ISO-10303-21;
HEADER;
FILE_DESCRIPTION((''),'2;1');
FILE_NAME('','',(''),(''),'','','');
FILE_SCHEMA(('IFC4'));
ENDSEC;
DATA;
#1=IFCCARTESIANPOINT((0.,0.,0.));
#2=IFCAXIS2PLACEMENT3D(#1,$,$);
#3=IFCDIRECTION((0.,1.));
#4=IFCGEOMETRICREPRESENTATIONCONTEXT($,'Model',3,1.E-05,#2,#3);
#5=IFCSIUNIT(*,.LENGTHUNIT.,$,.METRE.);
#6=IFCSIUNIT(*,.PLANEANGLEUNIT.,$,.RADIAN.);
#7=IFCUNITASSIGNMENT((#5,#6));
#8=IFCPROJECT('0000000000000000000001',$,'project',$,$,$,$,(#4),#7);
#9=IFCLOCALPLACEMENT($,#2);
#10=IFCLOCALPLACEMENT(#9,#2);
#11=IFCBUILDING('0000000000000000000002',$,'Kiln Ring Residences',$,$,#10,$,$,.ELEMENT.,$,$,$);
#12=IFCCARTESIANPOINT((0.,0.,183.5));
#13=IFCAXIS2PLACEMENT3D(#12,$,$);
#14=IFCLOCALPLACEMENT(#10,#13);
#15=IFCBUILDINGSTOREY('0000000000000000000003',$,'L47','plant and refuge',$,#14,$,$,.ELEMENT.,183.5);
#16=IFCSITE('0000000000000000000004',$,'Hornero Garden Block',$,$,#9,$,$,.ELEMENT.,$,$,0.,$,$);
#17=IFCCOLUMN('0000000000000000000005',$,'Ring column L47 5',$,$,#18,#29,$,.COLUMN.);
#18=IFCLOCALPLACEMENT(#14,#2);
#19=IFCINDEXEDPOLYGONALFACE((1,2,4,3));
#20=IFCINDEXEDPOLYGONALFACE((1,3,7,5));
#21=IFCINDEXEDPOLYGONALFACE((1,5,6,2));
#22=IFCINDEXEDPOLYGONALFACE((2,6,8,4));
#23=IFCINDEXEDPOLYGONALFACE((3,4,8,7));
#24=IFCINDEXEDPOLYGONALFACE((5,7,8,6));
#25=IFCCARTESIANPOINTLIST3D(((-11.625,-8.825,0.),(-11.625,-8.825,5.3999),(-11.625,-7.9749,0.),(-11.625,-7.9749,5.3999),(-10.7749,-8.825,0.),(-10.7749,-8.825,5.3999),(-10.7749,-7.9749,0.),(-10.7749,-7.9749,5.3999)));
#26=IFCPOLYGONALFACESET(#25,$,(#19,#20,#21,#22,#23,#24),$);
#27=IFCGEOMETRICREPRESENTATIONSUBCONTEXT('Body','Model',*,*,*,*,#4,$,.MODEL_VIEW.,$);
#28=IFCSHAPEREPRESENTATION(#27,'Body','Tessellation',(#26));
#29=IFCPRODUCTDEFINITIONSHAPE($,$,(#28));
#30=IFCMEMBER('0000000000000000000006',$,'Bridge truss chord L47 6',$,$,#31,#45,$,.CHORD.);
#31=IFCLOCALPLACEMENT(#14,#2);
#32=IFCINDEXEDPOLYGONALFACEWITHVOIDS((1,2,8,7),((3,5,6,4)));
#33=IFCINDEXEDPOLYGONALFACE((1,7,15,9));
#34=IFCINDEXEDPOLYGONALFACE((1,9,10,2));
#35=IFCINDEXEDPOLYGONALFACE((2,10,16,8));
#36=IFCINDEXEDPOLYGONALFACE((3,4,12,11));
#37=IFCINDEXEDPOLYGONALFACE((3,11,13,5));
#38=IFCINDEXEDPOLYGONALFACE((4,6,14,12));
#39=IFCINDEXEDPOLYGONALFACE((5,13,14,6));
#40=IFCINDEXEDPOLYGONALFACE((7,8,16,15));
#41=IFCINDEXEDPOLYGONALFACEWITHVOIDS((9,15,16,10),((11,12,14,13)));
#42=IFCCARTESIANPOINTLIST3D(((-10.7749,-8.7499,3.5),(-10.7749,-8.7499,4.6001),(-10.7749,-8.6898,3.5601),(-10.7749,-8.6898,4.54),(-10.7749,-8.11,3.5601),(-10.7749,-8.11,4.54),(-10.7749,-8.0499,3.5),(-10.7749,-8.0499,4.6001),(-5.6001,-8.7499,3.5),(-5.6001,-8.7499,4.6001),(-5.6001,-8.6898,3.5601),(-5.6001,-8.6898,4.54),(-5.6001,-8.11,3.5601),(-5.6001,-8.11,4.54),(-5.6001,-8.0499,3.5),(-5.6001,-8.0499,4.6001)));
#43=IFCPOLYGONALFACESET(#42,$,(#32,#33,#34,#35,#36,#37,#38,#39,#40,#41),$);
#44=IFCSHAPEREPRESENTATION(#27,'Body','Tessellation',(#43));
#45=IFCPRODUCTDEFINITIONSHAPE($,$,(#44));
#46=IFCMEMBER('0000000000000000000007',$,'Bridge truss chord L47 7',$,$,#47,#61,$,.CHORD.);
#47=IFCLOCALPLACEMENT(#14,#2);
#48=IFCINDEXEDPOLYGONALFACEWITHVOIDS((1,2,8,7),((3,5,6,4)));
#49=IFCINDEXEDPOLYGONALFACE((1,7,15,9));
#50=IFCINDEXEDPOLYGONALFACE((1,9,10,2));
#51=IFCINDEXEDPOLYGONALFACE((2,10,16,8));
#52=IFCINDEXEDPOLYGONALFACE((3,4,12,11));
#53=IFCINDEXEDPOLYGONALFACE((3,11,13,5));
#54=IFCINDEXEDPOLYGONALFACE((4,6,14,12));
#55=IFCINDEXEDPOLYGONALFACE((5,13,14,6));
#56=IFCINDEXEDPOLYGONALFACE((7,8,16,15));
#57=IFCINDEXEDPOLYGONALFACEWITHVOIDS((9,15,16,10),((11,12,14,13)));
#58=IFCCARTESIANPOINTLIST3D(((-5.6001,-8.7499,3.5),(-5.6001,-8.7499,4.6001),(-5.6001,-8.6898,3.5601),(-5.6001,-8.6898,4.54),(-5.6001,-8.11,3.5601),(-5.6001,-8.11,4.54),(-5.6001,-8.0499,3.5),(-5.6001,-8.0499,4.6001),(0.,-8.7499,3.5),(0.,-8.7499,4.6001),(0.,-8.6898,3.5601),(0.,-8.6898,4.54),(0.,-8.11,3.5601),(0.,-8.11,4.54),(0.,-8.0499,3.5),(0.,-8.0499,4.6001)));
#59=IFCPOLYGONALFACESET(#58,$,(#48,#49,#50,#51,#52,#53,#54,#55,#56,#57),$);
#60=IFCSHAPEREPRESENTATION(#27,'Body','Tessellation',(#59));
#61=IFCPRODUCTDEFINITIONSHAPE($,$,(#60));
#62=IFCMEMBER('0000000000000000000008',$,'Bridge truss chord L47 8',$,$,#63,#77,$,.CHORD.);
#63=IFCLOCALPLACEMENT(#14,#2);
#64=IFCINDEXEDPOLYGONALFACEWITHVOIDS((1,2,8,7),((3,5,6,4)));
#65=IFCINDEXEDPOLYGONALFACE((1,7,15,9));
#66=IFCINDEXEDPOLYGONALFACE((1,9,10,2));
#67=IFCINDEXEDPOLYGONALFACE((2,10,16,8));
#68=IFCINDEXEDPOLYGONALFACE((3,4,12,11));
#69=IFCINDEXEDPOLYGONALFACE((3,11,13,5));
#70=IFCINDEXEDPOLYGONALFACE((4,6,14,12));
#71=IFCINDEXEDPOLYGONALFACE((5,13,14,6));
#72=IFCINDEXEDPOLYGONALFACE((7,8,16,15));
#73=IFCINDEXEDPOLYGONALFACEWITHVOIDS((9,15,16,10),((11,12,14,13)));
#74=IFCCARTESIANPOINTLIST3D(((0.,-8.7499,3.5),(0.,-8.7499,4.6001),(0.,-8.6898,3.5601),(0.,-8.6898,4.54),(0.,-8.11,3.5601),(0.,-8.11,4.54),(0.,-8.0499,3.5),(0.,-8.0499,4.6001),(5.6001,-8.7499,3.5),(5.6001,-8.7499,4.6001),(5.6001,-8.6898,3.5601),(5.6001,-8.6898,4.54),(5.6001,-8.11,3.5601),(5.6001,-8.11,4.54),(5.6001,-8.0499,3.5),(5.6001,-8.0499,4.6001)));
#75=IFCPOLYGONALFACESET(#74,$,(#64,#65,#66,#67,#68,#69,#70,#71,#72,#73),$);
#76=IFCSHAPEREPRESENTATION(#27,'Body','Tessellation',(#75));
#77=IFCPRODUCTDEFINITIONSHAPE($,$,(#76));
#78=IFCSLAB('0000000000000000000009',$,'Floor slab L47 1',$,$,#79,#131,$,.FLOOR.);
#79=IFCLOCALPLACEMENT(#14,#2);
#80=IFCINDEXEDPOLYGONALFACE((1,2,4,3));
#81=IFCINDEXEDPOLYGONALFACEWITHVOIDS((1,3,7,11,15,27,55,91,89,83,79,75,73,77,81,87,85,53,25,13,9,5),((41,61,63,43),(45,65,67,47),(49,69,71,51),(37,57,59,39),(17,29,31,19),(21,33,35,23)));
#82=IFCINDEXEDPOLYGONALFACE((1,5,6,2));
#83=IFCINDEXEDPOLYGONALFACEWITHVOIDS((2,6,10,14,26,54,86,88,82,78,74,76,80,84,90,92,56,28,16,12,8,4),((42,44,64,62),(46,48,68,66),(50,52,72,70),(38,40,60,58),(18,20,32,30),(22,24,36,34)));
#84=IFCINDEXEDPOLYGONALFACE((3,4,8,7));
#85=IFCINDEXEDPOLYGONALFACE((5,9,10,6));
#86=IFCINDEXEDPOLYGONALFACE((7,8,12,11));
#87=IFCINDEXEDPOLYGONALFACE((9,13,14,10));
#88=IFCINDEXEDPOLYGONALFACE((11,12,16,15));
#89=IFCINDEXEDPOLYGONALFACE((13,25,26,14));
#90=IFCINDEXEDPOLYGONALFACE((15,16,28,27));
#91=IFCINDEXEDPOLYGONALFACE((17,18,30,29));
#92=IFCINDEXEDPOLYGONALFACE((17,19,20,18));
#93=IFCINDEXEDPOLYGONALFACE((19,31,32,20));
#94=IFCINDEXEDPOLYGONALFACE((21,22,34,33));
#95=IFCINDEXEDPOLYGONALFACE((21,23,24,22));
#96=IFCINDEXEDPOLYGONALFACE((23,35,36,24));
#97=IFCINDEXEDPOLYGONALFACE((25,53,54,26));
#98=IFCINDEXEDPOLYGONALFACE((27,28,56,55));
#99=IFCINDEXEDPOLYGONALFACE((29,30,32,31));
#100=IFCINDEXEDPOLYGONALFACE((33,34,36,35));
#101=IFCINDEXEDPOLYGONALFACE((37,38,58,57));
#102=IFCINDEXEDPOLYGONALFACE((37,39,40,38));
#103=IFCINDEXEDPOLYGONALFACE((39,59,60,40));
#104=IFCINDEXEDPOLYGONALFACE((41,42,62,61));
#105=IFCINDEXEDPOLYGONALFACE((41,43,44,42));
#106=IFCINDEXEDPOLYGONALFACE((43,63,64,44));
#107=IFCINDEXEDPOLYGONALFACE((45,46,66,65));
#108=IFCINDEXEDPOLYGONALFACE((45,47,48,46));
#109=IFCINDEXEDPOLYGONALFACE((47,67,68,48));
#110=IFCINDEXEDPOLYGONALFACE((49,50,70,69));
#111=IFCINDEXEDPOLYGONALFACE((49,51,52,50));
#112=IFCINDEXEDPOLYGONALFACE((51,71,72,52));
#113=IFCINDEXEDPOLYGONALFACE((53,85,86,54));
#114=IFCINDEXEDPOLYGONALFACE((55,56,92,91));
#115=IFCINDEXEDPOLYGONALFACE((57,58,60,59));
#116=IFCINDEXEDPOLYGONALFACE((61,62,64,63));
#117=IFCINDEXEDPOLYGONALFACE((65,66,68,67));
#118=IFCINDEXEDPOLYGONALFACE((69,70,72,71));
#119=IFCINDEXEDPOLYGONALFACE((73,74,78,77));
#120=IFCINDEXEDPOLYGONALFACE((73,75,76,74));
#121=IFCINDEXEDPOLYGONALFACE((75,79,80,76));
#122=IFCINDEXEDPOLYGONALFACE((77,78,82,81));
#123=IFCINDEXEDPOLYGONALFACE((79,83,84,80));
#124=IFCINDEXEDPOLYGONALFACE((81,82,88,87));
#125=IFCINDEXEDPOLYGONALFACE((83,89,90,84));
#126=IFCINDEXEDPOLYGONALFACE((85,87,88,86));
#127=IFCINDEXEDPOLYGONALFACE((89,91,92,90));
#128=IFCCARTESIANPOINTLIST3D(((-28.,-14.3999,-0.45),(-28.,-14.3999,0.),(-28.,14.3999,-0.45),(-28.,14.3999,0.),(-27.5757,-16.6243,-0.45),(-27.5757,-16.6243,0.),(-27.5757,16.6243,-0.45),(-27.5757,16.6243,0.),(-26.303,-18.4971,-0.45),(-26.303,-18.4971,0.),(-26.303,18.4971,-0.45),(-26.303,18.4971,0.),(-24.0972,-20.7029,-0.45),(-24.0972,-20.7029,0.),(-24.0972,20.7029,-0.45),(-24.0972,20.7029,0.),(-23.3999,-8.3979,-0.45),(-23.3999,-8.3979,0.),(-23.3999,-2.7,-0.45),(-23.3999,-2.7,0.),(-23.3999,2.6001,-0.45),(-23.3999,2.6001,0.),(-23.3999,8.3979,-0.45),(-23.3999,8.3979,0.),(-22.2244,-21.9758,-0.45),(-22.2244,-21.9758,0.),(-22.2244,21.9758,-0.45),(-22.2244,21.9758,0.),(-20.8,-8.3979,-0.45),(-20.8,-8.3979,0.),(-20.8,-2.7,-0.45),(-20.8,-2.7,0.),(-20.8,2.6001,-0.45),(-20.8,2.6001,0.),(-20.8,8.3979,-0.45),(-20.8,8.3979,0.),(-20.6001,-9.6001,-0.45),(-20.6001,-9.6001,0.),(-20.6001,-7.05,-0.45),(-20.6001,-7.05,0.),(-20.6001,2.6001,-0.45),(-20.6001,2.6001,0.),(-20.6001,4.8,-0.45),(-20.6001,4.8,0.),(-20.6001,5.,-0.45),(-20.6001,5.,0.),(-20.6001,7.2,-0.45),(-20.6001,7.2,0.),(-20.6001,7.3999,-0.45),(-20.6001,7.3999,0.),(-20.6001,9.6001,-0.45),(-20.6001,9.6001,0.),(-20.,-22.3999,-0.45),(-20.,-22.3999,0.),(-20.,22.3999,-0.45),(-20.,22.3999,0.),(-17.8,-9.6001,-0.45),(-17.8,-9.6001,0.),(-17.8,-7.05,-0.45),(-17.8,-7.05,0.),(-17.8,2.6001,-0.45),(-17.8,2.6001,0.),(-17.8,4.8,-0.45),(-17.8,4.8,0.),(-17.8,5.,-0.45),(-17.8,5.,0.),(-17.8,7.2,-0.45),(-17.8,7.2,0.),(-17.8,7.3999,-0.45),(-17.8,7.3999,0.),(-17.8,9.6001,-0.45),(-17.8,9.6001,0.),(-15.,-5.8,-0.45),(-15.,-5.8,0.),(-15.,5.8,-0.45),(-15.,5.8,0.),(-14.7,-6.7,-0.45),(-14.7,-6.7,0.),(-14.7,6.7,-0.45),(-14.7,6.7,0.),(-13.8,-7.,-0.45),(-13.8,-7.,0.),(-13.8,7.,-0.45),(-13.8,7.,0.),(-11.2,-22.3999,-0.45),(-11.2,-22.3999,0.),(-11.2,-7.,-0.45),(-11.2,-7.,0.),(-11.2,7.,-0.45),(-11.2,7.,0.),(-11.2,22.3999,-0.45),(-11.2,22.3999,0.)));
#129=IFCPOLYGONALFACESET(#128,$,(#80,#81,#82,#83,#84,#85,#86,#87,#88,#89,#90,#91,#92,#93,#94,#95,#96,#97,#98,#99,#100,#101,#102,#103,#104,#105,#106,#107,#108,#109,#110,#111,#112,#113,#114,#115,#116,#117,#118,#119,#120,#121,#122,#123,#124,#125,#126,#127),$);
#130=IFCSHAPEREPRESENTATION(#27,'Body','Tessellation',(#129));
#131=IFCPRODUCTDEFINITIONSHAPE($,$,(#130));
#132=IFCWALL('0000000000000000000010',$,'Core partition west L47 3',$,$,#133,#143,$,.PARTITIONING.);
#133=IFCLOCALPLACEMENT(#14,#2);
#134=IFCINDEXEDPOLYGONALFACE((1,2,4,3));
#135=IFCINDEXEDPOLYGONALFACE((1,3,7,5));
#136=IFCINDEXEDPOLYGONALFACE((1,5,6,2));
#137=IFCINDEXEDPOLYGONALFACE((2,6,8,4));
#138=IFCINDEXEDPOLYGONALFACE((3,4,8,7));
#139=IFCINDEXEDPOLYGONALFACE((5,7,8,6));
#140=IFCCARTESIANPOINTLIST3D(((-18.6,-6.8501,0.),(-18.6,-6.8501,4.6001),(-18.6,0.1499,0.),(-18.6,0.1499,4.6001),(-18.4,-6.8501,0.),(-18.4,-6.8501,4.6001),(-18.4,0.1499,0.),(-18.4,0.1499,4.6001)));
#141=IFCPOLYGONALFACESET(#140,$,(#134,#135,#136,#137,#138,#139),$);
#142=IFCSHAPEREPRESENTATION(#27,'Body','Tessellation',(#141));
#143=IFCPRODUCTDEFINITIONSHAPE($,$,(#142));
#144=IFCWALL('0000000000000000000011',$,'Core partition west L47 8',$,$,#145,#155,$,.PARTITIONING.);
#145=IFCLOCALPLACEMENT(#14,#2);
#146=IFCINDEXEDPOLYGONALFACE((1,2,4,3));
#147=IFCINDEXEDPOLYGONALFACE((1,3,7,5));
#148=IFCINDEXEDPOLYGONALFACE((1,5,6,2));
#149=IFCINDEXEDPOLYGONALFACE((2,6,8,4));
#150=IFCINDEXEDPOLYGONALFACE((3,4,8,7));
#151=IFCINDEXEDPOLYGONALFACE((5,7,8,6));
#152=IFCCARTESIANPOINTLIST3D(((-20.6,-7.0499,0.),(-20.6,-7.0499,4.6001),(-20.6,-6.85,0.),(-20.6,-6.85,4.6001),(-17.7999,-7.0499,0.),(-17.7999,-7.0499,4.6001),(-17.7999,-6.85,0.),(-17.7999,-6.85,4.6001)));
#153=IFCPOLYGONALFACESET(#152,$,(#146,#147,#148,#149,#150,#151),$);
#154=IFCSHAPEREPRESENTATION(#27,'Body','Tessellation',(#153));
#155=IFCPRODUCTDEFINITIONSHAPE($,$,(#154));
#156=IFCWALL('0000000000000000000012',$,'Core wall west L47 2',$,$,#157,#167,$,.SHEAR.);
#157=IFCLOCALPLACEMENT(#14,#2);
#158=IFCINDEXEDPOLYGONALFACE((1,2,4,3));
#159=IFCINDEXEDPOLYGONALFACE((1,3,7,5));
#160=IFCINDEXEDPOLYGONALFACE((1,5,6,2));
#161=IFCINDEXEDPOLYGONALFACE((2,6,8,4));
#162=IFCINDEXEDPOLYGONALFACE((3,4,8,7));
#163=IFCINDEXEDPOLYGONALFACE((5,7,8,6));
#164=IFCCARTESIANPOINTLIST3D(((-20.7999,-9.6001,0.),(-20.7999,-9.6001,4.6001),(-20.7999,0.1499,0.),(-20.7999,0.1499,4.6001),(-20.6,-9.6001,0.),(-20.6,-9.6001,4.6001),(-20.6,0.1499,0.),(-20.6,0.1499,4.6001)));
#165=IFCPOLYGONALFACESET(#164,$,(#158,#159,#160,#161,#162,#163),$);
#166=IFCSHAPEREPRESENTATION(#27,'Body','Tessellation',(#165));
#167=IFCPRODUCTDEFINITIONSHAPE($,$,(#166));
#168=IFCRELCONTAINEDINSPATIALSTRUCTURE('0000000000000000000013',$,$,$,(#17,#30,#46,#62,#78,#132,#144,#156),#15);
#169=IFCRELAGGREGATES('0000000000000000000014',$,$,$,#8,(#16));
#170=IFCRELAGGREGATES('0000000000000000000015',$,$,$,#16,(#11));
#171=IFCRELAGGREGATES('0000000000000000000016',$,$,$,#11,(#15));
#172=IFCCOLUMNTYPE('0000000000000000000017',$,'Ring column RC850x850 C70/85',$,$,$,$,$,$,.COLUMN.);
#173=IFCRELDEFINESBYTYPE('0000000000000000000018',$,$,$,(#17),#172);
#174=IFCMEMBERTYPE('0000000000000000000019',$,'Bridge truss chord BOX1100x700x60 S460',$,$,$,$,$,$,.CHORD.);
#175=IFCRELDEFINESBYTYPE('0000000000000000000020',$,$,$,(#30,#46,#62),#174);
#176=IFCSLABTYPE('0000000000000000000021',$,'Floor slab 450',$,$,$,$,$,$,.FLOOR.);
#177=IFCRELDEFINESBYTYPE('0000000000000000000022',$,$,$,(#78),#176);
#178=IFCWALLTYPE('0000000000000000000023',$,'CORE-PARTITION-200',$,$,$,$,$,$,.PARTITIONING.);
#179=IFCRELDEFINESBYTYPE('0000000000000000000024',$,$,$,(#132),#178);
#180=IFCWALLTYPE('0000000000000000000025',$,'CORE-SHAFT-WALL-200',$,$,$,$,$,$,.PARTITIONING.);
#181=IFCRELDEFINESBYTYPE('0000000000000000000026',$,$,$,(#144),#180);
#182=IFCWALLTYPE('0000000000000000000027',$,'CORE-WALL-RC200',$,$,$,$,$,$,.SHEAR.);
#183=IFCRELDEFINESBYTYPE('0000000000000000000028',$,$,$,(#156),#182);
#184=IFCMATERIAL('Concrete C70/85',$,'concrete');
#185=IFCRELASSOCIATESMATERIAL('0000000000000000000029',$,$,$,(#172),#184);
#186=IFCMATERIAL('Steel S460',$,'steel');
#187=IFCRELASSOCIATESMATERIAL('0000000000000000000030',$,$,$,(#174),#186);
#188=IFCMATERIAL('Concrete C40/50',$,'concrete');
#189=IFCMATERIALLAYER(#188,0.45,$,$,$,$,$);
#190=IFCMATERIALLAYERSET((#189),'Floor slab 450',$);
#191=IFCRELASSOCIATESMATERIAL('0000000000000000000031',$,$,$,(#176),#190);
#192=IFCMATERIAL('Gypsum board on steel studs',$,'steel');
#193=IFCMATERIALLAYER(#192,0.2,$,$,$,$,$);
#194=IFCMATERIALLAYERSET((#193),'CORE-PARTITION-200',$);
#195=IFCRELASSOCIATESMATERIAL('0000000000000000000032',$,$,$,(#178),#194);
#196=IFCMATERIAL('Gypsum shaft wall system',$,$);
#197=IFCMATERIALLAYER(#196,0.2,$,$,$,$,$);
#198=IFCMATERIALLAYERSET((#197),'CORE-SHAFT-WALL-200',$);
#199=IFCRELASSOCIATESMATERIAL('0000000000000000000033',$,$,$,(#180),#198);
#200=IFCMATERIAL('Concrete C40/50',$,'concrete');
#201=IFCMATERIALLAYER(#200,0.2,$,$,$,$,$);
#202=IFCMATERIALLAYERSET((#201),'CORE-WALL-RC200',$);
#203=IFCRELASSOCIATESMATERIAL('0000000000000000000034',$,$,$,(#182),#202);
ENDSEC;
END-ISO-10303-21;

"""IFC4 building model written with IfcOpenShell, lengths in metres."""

from ifc_helpers import new_model, si_unit, direction, frame, frame_2d, origin, origin_2d, place, context, subcontext, project, spatial, polyline, rectangle, hollow_rectangle, outline, extrude, material, layer, layer_set, material_profile, profile_set, type_object, element, save


model = new_model("IFC4")

# Units and contexts
model_context = context("Model", 3, precision=1e-05, world=origin(), true_north=direction((0.0, 1.0)))
body_context = subcontext(model_context, "Body", "Model", "MODEL_VIEW")
ifc_project = project(units=[si_unit("LENGTHUNIT", "METRE"), si_unit("PLANEANGLEUNIT", "RADIAN")], contexts=[model_context])

# Site, building, storey
site_placement = place(None, origin())
site = spatial("IfcSite", under=ifc_project, at=site_placement, Name="Hornero Garden Block", CompositionType="ELEMENT", RefElevation=0.0)
building_placement = place(site_placement, origin())
building = spatial("IfcBuilding", under=site, at=building_placement, Name="Kiln Ring Residences", CompositionType="ELEMENT")
storey_placement = place(building_placement, frame((0.0, 0.0, 183.5)))
storey = spatial("IfcBuildingStorey", under=building, at=storey_placement, Name="L47", Description="plant and refuge", CompositionType="ELEMENT", Elevation=183.5)

# Column
ifc_material_1 = material(Name="Concrete C70/85", Category="concrete")
ifc_material_profile_1 = material_profile(ifc_material_1, rectangle(XDim=0.8501, YDim=0.8501, at=origin_2d()), Name="RC850x850")
ifc_profile_set_1 = profile_set([ifc_material_profile_1], Name="Concrete C70/85")
column_type = type_object("IfcColumnType", Name="Ring column RC850x850 C70/85", PredefinedType="COLUMN", material=ifc_profile_set_1)
column_placement = place(storey_placement, frame((-11.2, -8.3999, 0.0), z_axis=(0.0, 0.0, 1.0), x_axis=(1.0, 0.0, 0.0)))
element("IfcColumn", 1, at=column_placement, inside=storey, type_object=column_type, Name="Ring column L47 5", PredefinedType="COLUMN", context=body_context, shape_type="SweptSolid", body=[
    extrude(rectangle(XDim=0.8501, YDim=0.8501, at=origin_2d()), origin(), (0.0, 0.0, 1.0), 5.3999),
])

# Members
ifc_material_2 = material(Name="Steel S460", Category="steel")
ifc_material_profile_2 = material_profile(ifc_material_2, hollow_rectangle(XDim=0.7, YDim=1.1001, WallThickness=0.0601, at=origin_2d()), Name="BOX1100x700x60")
ifc_profile_set_2 = profile_set([ifc_material_profile_2], Name="Steel S460")
member_type = type_object("IfcMemberType", Name="Bridge truss chord BOX1100x700x60 S460", PredefinedType="CHORD", material=ifc_profile_set_2)
member_placement = place(storey_placement, frame((-10.7749, -8.3999, 4.05), z_axis=(1.0, 0.0, 0.0), x_axis=(0.0, 1.0, 0.0)))
element("IfcMember", 2, at=member_placement, inside=storey, type_object=member_type, Name="Bridge truss chord L47 6", PredefinedType="CHORD", context=body_context, shape_type="SweptSolid", body=[
    extrude(hollow_rectangle(XDim=0.7, YDim=1.1001, WallThickness=0.0601, at=origin_2d()), origin(), (0.0, 0.0, 1.0), 5.1748),
])
for number, where, z_axis, x_axis, name in (
    (3, (-5.6001, -8.3999, 4.05), (1.0, 0.0, 0.0), (0.0, 1.0, 0.0), "Bridge truss chord L47 7"),
    (4, (0.0, -8.3999, 4.05), (1.0, 0.0, 0.0), (0.0, 1.0, 0.0), "Bridge truss chord L47 8"),
):
    element("IfcMember", number, at=place(storey_placement, frame(where, z_axis=z_axis, x_axis=x_axis)), inside=storey, type_object=member_type, Name=name, PredefinedType="CHORD", context=body_context, shape_type="SweptSolid", body=[
        extrude(hollow_rectangle(XDim=0.7, YDim=1.1001, WallThickness=0.0601, at=origin_2d()), origin(), (0.0, 0.0, 1.0), 5.6001),
    ])

# Slab
ifc_material_3 = material(Name="Concrete C40/50", Category="concrete")
ifc_layer_1 = layer(ifc_material_3, 0.45)
ifc_layer_set_1 = layer_set([ifc_layer_1], Name="Floor slab 450")
slab_type = type_object("IfcSlabType", Name="Floor slab 450", PredefinedType="FLOOR", material=ifc_layer_set_1)
slab_placement = place(storey_placement, frame((0.0, 0.0, -0.45)))
element("IfcSlab", 5, at=slab_placement, inside=storey, type_object=slab_type, Name="Floor slab L47 1", PredefinedType="FLOOR", context=body_context, shape_type="SweptSolid", body=[
    extrude(outline(polyline([(-28.0, -14.3999), (-27.5757, -16.6243), (-26.303, -18.4971), (-24.0972, -20.7029), (-22.2244, -21.9758), (-20.0, -22.3999), (-11.2, -22.3999), (-11.2, -7.0), (-13.8, -7.0), (-14.7, -6.7), (-15.0, -5.8), (-15.0, 5.8), (-14.7, 6.7), (-13.8, 7.0), (-11.2, 7.0), (-11.2, 22.3999), (-20.0, 22.3999), (-22.2244, 21.9758), (-24.0972, 20.7029), (-26.303, 18.4971), (-27.5757, 16.6243), (-28.0, 14.3999), (-28.0, -14.3999)]), holes=[polyline([(-17.8, -7.05), (-17.8, -9.6001), (-20.6001, -9.6001), (-20.6001, -7.05), (-17.8, -7.05)]), polyline([(-17.8, 2.6001), (-20.6001, 2.6001), (-20.6001, 4.8), (-17.8, 4.8), (-17.8, 2.6001)]), polyline([(-17.8, 5.0), (-20.6001, 5.0), (-20.6001, 7.2), (-17.8, 7.2), (-17.8, 5.0)]), polyline([(-17.8, 7.3999), (-20.6001, 7.3999), (-20.6001, 9.6001), (-17.8, 9.6001), (-17.8, 7.3999)]), polyline([(-20.8, -8.3979), (-23.3999, -8.3979), (-23.3999, -2.7), (-20.8, -2.7), (-20.8, -8.3979)]), polyline([(-20.8, 8.3979), (-20.8, 2.6001), (-23.3999, 2.6001), (-23.3999, 8.3979), (-20.8, 8.3979)])]), origin(), (0.0, 0.0, 1.0), 0.45),
])

# Walls
ifc_material_4 = material(Name="Gypsum board on steel studs", Category="steel")
ifc_layer_2 = layer(ifc_material_4, 0.2)
ifc_layer_set_2 = layer_set([ifc_layer_2], Name="CORE-PARTITION-200")
wall_type_1 = type_object("IfcWallType", Name="CORE-PARTITION-200", PredefinedType="PARTITIONING", material=ifc_layer_set_2)
wall_1_placement = place(storey_placement, frame((-18.5, -6.8501, 0.0), z_axis=(0.0, 0.0, 1.0), x_axis=(0.0, 1.0, 0.0)))
element("IfcWall", 6, at=wall_1_placement, inside=storey, type_object=wall_type_1, Name="Core partition west L47 3", PredefinedType="PARTITIONING", context=body_context, shape_type="SweptSolid", body=[
    extrude(rectangle(XDim=7.0, YDim=0.2, at=frame_2d((3.5, 0.0))), origin(), (0.0, 0.0, 1.0), 4.6001),
])
ifc_material_5 = material(Name="Gypsum shaft wall system")
ifc_layer_3 = layer(ifc_material_5, 0.2)
ifc_layer_set_3 = layer_set([ifc_layer_3], Name="CORE-SHAFT-WALL-200")
wall_type_2 = type_object("IfcWallType", Name="CORE-SHAFT-WALL-200", PredefinedType="PARTITIONING", material=ifc_layer_set_3)
wall_2_placement = place(storey_placement, frame((-17.8, -6.95, 0.0), z_axis=(0.0, 0.0, 1.0), x_axis=(-1.0, 0.0, 0.0)))
element("IfcWall", 7, at=wall_2_placement, inside=storey, type_object=wall_type_2, Name="Core partition west L47 8", PredefinedType="PARTITIONING", context=body_context, shape_type="SweptSolid", body=[
    extrude(rectangle(XDim=2.8, YDim=0.2, at=frame_2d((1.3999, 0.0))), origin(), (0.0, 0.0, 1.0), 4.6001),
])
ifc_material_6 = material(Name="Concrete C40/50", Category="concrete")
ifc_layer_4 = layer(ifc_material_6, 0.2)
ifc_layer_set_4 = layer_set([ifc_layer_4], Name="CORE-WALL-RC200")
wall_type_3 = type_object("IfcWallType", Name="CORE-WALL-RC200", PredefinedType="SHEAR", material=ifc_layer_set_4)
wall_3_placement = place(storey_placement, frame((-20.7, -9.6001, 0.0), z_axis=(0.0, 0.0, 1.0), x_axis=(0.0, 1.0, 0.0)))
element("IfcWall", 8, at=wall_3_placement, inside=storey, type_object=wall_type_3, Name="Core wall west L47 2", PredefinedType="SHEAR", context=body_context, shape_type="SweptSolid", body=[
    extrude(rectangle(XDim=9.75, YDim=0.2, at=frame_2d((4.875, 0.0))), origin(), (0.0, 0.0, 1.0), 4.6001),
])

save(model, "model.ifc")
